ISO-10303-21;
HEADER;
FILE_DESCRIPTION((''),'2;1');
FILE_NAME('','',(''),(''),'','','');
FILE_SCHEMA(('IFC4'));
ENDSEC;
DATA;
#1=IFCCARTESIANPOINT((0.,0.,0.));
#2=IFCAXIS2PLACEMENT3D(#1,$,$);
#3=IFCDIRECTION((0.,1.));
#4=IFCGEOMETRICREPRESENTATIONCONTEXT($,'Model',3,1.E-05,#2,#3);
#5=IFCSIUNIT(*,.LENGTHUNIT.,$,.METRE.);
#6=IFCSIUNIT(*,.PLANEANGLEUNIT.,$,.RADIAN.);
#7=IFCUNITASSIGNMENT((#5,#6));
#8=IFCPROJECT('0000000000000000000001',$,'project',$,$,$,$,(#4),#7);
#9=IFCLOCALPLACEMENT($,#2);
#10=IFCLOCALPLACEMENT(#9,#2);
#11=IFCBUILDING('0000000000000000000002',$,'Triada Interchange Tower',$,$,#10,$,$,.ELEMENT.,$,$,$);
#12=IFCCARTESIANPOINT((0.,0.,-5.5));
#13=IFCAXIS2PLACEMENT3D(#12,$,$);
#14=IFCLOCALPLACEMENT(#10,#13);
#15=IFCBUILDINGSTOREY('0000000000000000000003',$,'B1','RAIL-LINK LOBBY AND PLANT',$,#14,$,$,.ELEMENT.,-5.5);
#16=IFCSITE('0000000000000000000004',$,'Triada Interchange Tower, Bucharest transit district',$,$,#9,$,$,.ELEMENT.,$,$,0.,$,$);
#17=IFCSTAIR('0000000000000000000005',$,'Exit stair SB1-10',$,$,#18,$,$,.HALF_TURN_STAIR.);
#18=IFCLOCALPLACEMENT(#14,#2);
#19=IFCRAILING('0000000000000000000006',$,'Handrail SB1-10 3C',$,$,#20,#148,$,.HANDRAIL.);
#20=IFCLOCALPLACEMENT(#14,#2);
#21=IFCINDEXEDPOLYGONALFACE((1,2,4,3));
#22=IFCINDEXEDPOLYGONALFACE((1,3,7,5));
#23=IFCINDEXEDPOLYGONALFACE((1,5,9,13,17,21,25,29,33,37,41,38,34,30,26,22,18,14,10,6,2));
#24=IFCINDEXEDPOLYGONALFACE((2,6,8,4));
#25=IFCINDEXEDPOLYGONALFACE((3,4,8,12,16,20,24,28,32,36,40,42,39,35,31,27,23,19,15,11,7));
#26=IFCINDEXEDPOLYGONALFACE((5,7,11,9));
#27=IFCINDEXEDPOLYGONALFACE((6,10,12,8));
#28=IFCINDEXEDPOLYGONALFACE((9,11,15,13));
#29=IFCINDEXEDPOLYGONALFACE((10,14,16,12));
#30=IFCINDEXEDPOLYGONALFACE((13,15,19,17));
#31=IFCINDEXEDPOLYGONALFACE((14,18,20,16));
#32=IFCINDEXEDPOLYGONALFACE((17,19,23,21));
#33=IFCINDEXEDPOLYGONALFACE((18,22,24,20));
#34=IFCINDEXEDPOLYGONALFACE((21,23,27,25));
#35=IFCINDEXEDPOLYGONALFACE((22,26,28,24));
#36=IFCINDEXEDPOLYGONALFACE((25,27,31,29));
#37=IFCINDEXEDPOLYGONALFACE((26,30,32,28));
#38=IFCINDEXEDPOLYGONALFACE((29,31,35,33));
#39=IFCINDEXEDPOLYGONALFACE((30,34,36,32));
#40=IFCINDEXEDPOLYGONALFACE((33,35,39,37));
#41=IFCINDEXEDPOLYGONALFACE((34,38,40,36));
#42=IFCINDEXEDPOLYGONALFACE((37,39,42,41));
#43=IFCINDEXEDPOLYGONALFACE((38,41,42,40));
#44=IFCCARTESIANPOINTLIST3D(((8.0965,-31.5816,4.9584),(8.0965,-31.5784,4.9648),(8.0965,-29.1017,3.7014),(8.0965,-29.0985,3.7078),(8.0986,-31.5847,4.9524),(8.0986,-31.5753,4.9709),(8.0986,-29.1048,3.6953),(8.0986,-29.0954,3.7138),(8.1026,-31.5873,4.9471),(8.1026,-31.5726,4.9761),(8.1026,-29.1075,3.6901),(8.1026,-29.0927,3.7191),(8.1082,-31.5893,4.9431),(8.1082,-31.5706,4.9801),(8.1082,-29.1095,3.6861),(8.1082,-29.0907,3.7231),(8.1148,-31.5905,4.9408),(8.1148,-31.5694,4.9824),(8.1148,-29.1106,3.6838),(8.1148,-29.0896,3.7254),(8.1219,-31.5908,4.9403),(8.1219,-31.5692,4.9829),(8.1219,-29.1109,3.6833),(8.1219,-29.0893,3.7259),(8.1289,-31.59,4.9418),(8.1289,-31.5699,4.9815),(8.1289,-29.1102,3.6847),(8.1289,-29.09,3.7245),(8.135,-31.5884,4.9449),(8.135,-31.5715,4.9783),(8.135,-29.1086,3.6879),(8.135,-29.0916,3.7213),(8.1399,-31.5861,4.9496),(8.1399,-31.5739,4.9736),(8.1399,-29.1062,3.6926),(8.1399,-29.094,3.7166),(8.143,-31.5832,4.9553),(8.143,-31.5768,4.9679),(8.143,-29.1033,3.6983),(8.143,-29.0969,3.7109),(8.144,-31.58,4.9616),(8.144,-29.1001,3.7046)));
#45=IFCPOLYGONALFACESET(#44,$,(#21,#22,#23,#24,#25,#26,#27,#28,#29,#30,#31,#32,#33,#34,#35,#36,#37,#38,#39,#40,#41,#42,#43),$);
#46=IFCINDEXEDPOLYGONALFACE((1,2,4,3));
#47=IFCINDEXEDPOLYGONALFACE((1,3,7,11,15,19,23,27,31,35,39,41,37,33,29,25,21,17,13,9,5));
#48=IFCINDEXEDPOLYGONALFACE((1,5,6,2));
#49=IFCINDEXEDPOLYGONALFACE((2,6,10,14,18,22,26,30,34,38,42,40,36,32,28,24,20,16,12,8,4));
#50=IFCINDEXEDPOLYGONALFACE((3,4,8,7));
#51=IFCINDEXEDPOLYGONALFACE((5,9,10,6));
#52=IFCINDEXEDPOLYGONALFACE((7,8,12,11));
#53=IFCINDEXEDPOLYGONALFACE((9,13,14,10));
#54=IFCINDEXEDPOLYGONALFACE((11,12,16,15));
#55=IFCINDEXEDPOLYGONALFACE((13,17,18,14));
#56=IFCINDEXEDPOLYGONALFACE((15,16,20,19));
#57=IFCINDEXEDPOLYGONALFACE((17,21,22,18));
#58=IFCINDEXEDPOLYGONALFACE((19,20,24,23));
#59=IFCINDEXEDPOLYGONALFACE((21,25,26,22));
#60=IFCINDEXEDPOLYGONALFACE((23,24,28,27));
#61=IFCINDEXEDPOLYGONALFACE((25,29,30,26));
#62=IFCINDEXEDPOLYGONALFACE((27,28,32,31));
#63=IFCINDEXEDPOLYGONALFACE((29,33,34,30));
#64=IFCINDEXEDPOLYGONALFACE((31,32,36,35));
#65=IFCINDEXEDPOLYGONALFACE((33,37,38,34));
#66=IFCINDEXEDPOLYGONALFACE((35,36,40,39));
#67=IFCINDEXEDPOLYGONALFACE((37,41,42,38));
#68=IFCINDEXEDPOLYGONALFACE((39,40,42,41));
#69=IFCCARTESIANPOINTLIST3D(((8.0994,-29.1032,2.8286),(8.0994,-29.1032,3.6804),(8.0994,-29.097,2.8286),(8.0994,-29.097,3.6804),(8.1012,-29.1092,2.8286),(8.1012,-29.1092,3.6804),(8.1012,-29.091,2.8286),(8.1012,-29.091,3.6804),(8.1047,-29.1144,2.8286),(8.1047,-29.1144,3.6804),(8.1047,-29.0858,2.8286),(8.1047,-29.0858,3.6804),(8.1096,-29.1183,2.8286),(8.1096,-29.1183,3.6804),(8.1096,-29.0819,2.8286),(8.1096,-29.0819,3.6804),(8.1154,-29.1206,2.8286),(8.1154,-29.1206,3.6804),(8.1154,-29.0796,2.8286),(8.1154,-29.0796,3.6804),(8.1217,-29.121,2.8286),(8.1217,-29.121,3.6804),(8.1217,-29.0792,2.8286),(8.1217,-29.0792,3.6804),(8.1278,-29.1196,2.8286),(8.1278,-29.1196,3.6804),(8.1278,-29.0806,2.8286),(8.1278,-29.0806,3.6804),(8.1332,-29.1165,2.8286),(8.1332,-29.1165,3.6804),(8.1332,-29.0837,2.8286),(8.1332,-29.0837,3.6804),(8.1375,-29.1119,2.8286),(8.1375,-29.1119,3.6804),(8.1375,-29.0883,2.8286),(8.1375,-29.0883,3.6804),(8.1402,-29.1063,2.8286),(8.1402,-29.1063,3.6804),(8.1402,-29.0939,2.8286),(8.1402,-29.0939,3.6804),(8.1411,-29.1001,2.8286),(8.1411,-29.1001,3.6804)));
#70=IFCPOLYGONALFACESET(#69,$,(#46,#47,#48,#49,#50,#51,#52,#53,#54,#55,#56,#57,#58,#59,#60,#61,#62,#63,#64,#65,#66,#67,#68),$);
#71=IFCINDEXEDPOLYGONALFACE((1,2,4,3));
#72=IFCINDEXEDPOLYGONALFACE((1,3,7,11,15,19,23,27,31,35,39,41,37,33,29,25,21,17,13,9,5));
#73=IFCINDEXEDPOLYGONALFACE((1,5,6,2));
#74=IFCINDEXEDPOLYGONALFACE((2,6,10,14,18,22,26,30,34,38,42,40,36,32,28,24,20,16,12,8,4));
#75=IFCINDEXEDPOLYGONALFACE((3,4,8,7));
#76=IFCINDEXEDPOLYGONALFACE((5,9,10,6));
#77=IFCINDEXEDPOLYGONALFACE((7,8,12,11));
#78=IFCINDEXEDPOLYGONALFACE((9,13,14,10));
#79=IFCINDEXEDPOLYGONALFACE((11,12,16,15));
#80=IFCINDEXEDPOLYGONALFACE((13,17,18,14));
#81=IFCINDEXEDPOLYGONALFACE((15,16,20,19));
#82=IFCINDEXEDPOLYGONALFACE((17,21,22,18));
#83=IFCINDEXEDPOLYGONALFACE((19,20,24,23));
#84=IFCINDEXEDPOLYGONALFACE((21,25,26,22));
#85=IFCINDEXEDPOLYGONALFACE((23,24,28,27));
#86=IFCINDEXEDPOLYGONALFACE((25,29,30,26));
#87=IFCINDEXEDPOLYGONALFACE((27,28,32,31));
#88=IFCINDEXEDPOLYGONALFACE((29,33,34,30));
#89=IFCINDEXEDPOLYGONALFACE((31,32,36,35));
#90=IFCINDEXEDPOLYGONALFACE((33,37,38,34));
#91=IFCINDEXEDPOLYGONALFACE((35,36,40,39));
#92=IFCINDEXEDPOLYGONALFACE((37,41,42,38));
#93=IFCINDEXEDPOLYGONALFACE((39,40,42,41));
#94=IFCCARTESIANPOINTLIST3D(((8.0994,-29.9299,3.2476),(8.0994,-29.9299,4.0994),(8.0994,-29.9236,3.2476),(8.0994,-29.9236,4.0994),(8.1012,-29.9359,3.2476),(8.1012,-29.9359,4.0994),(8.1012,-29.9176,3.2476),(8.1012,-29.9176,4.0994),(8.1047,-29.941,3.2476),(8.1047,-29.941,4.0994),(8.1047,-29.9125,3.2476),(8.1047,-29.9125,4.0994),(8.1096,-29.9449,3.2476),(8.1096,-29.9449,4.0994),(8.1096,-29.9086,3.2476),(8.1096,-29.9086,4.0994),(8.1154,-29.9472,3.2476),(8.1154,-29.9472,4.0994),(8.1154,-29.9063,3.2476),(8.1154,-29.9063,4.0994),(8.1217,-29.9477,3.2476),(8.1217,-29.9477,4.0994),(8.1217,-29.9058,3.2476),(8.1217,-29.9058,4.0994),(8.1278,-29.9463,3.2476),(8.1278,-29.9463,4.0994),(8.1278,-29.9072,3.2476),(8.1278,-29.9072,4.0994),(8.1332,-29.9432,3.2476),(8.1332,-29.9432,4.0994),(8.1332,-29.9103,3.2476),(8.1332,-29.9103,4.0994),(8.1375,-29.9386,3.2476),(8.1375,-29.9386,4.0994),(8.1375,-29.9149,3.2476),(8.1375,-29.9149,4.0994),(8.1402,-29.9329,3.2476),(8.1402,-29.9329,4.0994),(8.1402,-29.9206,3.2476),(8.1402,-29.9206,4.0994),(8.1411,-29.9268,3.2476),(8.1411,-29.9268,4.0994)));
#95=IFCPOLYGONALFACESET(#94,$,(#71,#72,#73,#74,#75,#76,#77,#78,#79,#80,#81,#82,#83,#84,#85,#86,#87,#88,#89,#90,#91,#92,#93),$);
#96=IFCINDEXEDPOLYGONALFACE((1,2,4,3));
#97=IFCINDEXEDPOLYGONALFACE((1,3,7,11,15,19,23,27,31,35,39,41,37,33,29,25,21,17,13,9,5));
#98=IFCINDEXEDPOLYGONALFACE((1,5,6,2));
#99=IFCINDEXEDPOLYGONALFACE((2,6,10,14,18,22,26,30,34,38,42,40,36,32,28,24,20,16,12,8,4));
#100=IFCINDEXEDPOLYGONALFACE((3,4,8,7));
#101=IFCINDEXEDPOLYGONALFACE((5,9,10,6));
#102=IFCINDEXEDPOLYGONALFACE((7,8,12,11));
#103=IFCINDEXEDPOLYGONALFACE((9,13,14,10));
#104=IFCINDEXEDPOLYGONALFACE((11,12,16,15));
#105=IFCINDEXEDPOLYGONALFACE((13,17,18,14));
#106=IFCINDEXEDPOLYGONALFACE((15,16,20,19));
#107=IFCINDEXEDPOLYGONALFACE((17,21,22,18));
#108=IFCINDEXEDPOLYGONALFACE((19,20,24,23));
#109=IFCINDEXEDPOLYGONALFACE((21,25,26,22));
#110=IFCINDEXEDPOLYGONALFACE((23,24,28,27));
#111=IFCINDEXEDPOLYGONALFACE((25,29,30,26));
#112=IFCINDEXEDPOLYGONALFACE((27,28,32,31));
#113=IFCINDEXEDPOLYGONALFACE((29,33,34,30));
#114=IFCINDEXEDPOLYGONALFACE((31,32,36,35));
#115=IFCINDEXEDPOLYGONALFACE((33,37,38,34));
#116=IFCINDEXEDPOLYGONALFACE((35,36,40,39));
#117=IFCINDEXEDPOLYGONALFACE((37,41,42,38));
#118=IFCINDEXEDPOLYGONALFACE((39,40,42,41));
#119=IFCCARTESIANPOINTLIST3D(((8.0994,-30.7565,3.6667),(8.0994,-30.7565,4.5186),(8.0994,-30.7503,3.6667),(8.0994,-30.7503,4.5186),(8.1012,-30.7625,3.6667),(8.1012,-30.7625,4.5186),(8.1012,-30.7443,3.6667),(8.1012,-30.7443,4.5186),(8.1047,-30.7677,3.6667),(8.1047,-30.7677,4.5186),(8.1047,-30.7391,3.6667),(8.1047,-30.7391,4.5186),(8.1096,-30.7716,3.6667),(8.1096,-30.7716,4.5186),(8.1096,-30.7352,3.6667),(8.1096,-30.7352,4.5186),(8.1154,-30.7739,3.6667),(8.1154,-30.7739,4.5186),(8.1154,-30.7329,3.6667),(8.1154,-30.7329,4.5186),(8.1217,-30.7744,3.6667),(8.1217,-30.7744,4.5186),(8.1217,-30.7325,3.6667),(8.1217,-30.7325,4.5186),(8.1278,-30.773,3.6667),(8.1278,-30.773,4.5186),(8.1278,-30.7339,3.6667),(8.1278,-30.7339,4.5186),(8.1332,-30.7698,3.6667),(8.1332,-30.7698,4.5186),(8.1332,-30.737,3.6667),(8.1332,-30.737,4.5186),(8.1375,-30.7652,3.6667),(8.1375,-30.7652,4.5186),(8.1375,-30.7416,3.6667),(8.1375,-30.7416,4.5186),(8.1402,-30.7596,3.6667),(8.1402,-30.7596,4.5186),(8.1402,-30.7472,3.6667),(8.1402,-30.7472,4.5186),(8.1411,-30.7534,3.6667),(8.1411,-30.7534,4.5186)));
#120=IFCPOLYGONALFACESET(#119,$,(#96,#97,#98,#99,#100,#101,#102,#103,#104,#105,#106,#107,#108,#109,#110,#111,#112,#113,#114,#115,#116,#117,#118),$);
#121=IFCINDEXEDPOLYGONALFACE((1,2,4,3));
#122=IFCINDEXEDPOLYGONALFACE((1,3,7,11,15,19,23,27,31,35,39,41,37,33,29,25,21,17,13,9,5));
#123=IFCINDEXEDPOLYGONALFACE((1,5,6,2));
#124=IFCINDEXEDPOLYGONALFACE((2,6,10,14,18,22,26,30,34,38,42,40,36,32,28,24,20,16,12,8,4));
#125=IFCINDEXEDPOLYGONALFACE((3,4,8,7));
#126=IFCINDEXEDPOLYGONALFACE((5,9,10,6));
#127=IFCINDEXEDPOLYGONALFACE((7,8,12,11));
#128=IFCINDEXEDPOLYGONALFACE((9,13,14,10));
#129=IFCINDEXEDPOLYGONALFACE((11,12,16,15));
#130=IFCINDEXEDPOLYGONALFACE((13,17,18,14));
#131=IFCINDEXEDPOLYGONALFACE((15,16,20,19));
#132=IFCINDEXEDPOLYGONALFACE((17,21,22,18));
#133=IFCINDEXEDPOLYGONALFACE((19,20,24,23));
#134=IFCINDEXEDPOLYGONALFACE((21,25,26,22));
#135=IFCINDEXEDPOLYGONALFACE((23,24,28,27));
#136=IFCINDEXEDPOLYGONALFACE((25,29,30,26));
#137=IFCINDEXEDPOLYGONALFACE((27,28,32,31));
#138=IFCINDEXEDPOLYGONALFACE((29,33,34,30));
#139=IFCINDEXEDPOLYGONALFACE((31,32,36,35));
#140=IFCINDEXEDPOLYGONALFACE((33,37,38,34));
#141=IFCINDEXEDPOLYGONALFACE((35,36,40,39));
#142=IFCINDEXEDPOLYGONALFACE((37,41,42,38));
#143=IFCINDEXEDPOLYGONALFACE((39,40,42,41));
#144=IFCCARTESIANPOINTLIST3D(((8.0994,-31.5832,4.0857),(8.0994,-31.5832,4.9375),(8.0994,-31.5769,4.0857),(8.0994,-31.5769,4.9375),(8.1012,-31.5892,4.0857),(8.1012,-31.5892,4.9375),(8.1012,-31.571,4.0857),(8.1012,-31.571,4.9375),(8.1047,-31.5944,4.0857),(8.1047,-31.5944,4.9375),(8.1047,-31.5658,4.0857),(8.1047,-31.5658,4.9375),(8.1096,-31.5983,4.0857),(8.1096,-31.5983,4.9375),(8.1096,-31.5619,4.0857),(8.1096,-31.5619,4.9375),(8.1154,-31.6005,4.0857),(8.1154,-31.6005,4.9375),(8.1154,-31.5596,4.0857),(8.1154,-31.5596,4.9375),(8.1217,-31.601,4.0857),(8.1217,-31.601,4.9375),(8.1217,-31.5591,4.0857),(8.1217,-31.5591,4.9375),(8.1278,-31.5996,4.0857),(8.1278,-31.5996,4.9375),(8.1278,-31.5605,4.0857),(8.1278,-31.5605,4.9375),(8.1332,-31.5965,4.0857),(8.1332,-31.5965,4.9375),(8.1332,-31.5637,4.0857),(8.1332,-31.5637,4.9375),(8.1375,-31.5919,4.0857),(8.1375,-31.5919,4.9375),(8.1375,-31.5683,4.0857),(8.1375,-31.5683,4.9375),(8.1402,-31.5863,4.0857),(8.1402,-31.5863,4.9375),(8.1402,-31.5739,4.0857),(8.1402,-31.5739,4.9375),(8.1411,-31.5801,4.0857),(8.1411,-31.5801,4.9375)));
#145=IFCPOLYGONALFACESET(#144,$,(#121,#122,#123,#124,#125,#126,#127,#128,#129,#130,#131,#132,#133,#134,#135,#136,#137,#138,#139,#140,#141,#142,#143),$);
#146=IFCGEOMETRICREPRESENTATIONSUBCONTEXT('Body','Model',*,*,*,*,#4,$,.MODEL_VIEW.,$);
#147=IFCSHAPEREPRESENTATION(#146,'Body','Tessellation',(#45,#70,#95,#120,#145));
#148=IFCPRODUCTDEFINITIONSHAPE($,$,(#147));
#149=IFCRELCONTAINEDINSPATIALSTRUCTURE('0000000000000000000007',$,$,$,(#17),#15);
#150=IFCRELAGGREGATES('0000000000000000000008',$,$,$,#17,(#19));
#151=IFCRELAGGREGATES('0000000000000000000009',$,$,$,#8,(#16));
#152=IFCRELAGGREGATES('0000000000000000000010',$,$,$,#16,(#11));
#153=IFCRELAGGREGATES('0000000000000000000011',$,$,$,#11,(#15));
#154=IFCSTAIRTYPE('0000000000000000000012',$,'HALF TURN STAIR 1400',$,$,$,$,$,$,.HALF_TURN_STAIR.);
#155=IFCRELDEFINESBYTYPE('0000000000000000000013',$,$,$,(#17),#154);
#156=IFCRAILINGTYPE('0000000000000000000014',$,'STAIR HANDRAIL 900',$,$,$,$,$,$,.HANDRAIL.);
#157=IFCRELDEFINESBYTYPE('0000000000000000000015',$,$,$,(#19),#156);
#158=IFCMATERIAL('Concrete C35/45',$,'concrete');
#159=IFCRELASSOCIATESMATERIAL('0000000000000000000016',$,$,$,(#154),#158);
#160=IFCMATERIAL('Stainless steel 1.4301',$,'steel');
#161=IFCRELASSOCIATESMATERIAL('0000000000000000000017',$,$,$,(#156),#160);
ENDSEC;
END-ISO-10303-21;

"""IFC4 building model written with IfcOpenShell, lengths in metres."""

from ifc_helpers import new_model, si_unit, direction, frame, origin, origin_2d, place, context, subcontext, project, spatial, circle, extrude, material, type_object, element, aggregate, save


model = new_model("IFC4")

# Units and contexts
model_context = context("Model", 3, precision=1e-05, world=origin(), true_north=direction((0.0, 1.0)))
body_context = subcontext(model_context, "Body", "Model", "MODEL_VIEW")
ifc_project = project(units=[si_unit("LENGTHUNIT", "METRE"), si_unit("PLANEANGLEUNIT", "RADIAN")], contexts=[model_context])

# Site, building, storey
site_placement = place(None, origin())
site = spatial("IfcSite", under=ifc_project, at=site_placement, Name="Triada Interchange Tower, Bucharest transit district", CompositionType="ELEMENT", RefElevation=0.0)
building_placement = place(site_placement, origin())
building = spatial("IfcBuilding", under=site, at=building_placement, Name="Triada Interchange Tower", CompositionType="ELEMENT")
storey_placement = place(building_placement, frame((0.0, 0.0, -5.5)))
storey = spatial("IfcBuildingStorey", under=building, at=storey_placement, Name="B1", Description="RAIL-LINK LOBBY AND PLANT", CompositionType="ELEMENT", Elevation=-5.5)

# Shared definitions
ifc_material_1 = material(Name="Concrete C35/45", Category="concrete")

# Stair, railing
stair_type = type_object("IfcStairType", Name="HALF TURN STAIR 1400", PredefinedType="HALF_TURN_STAIR", material=ifc_material_1)
stair_placement = place(storey_placement, origin())
stair = element("IfcStair", 1, at=stair_placement, inside=storey, type_object=stair_type, Name="Exit stair SB1-10", PredefinedType="HALF_TURN_STAIR")
ifc_material_2 = material(Name="Stainless steel 1.4301", Category="steel")
railing_type_1 = type_object("IfcRailingType", Name="STAIR HANDRAIL 900", PredefinedType="HANDRAIL", material=ifc_material_2)
railing_1_placement = place(storey_placement, frame((8.1201, -29.1001, 2.8286)))
railing_1 = element("IfcRailing", 2, at=railing_1_placement, type_object=railing_type_1, Name="Handrail SB1-10 3C", PredefinedType="HANDRAIL", context=body_context, shape_type="SweptSolid", body=[
    extrude(circle(Radius=0.0239, at=origin_2d()), frame((0.0, 0.0, 0.876), z_axis=(0.0, -0.891955, 0.452124), x_axis=(1.0, 0.0, 0.0)), (0.0, 0.0, 1.0), 2.7803),
    extrude(circle(Radius=0.021, at=origin_2d()), origin(), (0.0, 0.0, 1.0), 0.8518),
    extrude(circle(Radius=0.021, at=origin_2d()), frame((0.0, -0.8267, 0.4189)), (0.0, 0.0, 1.0), 0.8518),
    extrude(circle(Radius=0.021, at=origin_2d()), frame((0.0, -1.6533, 0.8381)), (0.0, 0.0, 1.0), 0.8518),
    extrude(circle(Radius=0.021, at=origin_2d()), frame((0.0, -2.48, 1.2571)), (0.0, 0.0, 1.0), 0.8518),
])
aggregate(stair, [railing_1])

save(model, "model.ifc")
